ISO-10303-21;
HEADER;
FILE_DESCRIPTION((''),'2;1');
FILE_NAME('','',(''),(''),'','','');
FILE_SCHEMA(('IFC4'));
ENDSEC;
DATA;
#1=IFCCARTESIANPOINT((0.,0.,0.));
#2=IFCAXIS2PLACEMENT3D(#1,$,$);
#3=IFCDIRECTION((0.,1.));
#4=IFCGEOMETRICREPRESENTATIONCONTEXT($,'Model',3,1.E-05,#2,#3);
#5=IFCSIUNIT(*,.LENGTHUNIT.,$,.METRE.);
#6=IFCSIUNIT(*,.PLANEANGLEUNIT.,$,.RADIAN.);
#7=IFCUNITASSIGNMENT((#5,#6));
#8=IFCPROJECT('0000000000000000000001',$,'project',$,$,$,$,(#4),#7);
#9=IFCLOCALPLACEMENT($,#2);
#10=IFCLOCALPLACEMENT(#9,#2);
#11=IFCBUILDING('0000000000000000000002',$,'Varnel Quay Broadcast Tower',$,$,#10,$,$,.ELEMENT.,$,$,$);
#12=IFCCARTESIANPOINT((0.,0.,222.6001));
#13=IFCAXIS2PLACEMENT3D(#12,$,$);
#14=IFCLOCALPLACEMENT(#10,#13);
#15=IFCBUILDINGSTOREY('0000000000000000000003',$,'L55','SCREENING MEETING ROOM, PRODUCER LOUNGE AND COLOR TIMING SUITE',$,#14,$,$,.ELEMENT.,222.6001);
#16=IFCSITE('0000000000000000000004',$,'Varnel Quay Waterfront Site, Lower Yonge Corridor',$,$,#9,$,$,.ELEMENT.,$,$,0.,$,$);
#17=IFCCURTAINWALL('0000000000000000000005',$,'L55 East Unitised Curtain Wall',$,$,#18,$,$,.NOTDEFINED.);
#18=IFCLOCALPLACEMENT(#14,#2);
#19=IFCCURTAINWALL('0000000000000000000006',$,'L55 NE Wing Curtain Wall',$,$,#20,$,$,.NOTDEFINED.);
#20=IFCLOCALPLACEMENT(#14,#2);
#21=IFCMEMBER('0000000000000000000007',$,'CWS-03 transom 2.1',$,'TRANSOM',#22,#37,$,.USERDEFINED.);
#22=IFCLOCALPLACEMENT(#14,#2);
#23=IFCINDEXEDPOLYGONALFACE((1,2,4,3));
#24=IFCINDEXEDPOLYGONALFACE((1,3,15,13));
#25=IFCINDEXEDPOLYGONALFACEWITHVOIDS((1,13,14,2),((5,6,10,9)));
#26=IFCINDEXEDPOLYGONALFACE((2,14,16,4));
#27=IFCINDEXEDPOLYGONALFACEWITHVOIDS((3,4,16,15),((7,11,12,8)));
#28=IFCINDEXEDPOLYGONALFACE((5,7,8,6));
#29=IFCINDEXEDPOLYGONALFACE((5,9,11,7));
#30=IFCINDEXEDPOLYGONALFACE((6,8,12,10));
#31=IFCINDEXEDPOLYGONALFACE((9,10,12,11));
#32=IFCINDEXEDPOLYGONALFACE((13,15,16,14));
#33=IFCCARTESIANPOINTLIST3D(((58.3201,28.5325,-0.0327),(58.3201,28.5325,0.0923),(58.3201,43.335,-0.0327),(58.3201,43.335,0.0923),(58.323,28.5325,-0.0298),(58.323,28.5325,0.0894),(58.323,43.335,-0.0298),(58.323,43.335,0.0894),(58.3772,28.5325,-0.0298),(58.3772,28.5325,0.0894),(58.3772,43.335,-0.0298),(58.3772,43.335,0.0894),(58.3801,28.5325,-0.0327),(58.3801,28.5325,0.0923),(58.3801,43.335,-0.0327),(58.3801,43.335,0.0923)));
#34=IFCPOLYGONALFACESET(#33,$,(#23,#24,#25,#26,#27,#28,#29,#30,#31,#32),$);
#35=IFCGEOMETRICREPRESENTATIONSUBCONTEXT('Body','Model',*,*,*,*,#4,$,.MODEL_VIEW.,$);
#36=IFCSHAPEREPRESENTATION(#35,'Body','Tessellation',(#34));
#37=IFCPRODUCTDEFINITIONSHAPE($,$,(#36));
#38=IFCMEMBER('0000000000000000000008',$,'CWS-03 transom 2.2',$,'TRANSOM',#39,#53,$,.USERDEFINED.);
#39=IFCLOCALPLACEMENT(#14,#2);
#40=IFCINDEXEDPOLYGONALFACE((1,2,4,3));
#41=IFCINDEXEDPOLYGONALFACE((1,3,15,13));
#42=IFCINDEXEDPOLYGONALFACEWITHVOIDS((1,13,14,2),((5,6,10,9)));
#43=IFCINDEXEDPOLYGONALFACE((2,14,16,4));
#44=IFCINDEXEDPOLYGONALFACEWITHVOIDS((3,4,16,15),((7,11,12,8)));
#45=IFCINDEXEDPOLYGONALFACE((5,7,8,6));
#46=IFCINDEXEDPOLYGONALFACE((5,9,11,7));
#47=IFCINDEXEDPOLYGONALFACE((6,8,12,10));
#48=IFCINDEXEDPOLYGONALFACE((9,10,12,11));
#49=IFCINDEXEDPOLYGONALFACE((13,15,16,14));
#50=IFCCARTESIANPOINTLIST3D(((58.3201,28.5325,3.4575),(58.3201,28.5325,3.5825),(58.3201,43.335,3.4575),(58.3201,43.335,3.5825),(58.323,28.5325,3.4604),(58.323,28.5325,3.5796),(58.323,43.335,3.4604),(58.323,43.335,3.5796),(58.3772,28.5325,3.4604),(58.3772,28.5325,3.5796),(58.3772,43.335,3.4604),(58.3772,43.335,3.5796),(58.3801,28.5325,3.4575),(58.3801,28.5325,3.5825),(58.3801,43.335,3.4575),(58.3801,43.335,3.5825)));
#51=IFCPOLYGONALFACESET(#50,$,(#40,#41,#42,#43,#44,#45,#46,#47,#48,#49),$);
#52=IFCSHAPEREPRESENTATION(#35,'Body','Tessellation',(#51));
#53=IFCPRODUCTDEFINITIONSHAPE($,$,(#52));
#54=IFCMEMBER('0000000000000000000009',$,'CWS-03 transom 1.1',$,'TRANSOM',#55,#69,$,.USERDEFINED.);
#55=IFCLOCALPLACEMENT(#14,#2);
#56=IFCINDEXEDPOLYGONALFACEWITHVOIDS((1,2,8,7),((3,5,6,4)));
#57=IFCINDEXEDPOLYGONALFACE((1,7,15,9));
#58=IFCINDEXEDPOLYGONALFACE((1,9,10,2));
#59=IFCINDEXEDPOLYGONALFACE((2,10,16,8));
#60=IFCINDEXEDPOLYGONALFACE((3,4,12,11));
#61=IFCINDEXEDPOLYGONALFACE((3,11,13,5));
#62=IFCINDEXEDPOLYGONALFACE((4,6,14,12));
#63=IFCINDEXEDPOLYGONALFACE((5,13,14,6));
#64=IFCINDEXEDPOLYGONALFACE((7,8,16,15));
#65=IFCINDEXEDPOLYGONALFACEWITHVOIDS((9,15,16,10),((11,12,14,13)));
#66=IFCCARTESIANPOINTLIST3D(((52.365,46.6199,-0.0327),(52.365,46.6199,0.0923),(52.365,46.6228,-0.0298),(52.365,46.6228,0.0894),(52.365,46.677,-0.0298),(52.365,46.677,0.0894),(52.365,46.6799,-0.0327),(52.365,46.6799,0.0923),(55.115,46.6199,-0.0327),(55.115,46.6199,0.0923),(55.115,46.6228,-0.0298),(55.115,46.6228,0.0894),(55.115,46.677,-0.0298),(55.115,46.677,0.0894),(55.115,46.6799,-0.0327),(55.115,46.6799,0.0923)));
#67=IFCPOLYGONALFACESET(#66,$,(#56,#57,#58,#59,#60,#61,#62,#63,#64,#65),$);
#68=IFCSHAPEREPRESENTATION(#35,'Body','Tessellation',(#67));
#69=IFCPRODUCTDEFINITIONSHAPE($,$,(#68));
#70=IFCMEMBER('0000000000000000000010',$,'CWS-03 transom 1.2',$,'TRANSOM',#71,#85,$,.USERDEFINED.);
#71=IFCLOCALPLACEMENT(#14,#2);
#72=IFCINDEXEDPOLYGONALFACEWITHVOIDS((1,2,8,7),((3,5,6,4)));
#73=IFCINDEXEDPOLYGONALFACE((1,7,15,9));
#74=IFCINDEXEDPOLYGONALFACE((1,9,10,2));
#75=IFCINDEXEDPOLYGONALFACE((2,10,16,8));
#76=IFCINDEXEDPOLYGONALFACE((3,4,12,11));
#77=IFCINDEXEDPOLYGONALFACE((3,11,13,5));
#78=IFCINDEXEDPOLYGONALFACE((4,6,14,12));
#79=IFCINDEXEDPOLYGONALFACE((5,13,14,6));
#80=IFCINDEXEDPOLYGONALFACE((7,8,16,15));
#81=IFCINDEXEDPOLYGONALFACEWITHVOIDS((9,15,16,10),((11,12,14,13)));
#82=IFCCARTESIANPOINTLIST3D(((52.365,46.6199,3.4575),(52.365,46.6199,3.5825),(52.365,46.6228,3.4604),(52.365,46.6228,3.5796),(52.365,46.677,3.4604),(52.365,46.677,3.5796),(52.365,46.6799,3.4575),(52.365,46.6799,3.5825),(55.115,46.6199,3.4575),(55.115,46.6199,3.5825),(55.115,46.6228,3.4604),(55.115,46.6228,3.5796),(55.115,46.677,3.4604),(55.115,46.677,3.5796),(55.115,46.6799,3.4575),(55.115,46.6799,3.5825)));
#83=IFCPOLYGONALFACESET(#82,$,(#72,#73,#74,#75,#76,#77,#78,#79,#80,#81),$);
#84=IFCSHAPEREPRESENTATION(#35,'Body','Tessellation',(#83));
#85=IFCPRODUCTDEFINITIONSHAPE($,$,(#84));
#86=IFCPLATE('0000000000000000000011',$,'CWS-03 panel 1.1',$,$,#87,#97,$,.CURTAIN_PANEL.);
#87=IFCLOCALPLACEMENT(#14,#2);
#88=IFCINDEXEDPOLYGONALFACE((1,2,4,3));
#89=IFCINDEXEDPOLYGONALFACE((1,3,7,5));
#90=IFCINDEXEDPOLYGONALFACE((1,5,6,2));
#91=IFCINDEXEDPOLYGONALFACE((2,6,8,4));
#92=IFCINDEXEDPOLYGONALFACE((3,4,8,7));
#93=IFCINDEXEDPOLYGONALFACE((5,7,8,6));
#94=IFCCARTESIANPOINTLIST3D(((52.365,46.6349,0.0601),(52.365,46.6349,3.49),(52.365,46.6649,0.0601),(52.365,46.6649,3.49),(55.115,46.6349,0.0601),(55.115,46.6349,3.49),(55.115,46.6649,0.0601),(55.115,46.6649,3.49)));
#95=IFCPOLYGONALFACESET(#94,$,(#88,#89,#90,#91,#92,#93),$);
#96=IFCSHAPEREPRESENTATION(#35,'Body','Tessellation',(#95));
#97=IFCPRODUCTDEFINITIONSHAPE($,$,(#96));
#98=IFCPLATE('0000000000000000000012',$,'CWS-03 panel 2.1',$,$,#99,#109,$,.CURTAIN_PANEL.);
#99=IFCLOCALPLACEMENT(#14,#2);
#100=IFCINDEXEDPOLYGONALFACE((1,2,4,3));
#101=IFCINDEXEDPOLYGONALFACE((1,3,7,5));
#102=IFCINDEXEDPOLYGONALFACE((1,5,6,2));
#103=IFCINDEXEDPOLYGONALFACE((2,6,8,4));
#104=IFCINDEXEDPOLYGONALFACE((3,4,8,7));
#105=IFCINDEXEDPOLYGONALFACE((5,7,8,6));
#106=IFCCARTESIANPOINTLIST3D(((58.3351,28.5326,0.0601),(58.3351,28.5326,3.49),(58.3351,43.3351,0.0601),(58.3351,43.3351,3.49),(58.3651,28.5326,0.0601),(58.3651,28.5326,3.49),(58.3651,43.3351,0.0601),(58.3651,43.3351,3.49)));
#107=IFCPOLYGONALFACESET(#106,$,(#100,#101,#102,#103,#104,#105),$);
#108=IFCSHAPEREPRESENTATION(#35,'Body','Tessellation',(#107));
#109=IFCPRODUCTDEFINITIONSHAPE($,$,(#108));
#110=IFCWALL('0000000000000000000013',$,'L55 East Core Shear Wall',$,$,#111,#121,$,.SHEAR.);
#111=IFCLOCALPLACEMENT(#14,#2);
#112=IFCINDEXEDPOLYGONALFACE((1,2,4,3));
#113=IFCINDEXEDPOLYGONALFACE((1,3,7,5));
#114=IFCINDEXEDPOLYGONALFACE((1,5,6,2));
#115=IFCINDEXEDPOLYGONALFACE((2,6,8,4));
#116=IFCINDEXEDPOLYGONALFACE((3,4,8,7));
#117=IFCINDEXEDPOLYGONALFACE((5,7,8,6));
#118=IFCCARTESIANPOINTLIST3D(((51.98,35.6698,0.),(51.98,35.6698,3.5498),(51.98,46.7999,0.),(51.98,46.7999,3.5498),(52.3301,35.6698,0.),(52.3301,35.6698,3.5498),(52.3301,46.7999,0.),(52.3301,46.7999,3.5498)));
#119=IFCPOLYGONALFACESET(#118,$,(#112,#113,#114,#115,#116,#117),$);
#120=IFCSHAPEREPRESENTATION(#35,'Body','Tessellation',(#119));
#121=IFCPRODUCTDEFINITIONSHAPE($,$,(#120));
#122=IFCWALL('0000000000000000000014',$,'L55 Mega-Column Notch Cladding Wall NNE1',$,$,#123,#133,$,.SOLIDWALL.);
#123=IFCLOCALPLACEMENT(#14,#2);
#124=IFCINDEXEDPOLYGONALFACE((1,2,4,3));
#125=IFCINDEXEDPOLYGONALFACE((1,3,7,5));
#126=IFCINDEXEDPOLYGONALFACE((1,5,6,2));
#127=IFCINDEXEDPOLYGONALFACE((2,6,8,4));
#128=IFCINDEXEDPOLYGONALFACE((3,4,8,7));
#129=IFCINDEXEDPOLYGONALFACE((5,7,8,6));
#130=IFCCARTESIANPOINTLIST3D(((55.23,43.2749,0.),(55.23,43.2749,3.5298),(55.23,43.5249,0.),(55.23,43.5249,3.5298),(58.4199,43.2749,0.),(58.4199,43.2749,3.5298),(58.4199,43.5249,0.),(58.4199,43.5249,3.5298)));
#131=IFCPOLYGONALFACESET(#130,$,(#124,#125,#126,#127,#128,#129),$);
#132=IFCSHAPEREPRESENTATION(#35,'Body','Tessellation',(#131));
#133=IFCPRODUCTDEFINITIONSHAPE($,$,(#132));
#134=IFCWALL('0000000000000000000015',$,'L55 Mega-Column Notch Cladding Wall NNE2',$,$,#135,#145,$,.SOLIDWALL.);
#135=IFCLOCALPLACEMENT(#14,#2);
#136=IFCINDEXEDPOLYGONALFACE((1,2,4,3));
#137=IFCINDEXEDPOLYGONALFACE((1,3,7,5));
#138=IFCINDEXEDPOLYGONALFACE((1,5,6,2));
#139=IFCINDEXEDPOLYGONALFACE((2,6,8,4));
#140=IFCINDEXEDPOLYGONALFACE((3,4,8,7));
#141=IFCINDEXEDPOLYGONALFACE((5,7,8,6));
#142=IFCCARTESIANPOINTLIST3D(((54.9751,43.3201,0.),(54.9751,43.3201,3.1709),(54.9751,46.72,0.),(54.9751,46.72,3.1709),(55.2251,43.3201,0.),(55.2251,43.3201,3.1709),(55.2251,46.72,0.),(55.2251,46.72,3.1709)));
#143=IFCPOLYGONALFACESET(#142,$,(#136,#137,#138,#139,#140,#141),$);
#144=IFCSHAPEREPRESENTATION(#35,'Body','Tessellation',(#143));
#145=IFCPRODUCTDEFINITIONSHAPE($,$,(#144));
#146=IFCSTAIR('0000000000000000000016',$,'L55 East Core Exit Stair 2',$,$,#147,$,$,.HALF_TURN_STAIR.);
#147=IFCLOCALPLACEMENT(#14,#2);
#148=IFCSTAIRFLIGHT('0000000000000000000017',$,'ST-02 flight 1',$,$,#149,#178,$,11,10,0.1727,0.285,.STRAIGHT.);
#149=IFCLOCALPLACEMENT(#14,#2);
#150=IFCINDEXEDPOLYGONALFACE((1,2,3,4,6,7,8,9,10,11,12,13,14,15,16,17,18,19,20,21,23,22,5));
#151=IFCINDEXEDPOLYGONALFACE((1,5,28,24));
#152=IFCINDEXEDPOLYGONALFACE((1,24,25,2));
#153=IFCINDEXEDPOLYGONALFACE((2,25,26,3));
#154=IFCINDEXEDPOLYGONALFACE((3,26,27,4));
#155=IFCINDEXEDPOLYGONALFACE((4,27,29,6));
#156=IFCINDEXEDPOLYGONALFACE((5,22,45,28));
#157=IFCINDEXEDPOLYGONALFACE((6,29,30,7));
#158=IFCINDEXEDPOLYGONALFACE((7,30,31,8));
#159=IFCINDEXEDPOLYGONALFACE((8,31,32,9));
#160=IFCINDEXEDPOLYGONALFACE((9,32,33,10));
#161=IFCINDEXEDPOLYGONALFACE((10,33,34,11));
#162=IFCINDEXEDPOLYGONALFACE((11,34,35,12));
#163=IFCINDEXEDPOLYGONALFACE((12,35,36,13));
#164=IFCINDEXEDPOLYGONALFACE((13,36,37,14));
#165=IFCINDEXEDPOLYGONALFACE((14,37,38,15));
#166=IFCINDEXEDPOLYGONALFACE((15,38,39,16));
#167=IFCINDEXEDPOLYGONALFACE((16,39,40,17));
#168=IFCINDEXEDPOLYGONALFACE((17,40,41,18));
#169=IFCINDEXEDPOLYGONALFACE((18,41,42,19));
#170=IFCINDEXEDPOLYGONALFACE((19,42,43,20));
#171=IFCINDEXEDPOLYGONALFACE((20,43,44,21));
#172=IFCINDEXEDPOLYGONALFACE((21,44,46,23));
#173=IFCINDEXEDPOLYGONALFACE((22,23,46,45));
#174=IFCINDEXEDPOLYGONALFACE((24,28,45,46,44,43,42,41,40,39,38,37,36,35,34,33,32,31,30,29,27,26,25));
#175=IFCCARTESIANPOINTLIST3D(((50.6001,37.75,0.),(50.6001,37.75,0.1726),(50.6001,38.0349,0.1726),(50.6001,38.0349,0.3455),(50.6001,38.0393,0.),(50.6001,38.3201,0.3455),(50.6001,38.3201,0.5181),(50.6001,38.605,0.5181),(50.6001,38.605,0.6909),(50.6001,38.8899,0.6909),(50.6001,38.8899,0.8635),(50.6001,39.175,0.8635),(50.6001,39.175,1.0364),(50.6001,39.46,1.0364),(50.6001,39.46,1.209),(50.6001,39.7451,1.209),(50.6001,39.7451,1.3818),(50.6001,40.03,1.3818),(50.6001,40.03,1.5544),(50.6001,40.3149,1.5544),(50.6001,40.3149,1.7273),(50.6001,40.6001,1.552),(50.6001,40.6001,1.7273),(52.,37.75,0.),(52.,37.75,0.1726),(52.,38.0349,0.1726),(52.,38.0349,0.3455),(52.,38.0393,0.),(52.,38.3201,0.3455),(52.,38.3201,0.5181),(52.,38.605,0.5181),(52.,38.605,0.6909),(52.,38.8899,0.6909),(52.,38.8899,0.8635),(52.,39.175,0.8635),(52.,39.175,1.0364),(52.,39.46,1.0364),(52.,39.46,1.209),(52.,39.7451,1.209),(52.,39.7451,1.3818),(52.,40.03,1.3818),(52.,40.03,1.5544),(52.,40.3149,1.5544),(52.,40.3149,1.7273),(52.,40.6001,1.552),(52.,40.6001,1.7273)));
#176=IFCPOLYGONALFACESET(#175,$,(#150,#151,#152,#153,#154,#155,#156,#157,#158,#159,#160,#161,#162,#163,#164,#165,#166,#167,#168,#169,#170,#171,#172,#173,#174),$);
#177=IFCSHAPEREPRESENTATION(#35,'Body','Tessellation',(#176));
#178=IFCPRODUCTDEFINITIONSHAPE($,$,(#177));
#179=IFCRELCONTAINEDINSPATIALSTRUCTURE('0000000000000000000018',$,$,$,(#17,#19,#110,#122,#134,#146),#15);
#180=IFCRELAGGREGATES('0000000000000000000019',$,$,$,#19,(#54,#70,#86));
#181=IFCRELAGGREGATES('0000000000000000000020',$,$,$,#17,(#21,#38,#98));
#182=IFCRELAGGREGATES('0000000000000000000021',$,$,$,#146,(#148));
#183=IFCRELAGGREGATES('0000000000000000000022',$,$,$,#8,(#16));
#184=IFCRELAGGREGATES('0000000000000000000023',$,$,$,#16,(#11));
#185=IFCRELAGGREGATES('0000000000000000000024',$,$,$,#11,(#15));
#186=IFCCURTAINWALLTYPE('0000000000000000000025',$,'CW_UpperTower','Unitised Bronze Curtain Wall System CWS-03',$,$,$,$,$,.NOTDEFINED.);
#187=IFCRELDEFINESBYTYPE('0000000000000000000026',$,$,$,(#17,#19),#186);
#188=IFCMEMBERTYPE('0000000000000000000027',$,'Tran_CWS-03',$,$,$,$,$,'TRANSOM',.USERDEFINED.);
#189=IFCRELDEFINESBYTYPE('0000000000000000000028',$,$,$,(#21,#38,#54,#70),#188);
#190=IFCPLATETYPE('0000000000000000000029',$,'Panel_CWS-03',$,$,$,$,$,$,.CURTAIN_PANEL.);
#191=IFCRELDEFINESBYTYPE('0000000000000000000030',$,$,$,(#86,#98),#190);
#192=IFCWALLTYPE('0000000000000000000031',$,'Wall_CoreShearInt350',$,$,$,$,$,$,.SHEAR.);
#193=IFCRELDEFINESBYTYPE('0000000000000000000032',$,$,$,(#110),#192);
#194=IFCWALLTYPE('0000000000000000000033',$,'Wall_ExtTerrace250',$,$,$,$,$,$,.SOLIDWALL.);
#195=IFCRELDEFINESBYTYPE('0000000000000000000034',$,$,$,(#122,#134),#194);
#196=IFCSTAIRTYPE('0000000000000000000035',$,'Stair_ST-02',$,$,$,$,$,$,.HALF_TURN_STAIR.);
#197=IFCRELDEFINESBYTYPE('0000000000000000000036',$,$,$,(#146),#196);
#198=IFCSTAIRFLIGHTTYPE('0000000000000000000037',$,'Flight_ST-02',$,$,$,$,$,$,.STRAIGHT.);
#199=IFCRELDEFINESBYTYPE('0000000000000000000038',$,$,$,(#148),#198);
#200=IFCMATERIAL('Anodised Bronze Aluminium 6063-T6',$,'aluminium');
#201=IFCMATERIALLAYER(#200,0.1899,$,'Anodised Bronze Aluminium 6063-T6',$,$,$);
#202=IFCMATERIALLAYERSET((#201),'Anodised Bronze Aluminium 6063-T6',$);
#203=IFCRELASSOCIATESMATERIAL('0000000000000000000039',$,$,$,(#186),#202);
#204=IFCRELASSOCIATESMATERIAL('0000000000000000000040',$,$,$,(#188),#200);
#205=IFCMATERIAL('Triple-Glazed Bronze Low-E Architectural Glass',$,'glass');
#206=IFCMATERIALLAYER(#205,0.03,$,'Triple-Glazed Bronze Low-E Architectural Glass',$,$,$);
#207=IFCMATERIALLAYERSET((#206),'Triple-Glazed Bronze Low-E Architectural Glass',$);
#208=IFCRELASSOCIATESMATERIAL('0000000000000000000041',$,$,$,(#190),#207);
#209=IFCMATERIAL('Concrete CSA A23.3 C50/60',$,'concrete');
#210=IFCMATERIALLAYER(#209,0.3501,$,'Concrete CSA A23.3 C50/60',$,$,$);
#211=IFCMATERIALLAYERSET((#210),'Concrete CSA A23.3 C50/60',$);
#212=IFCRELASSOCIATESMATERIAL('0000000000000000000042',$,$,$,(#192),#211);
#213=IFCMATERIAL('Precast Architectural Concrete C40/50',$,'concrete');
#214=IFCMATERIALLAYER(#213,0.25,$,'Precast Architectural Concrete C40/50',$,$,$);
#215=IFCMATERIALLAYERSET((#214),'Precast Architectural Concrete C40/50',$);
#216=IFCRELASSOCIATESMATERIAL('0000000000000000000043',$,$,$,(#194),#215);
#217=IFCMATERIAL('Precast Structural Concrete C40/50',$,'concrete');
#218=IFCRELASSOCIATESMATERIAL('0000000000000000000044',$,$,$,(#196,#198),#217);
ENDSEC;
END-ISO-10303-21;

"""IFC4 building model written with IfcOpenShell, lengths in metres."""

from ifc_helpers import new_model, si_unit, direction, frame, frame_2d, origin, origin_2d, place, context, subcontext, project, spatial, polyline, rectangle, hollow_rectangle, outline, extrude, source, transform, mapped, material, layer, layer_set, material_profile, profile_set, type_object, type_shapes, element, aggregate, save


model = new_model("IFC4")

# Units and contexts
model_context = context("Model", 3, precision=1e-05, world=origin(), true_north=direction((0.0, 1.0)))
body_context = subcontext(model_context, "Body", "Model", "MODEL_VIEW")
ifc_project = project(units=[si_unit("LENGTHUNIT", "METRE"), si_unit("PLANEANGLEUNIT", "RADIAN")], contexts=[model_context])

# Site, building, storey
site_placement = place(None, origin())
site = spatial("IfcSite", under=ifc_project, at=site_placement, Name="Varnel Quay Waterfront Site, Lower Yonge Corridor", CompositionType="ELEMENT", RefElevation=0.0)
building_placement = place(site_placement, origin())
building = spatial("IfcBuilding", under=site, at=building_placement, Name="Varnel Quay Broadcast Tower", CompositionType="ELEMENT")
storey_placement = place(building_placement, frame((0.0, 0.0, 222.6001)))
storey = spatial("IfcBuildingStorey", under=building, at=storey_placement, Name="L55", Description="SCREENING MEETING ROOM, PRODUCER LOUNGE AND COLOR TIMING SUITE", CompositionType="ELEMENT", Elevation=222.6001)

# Curtain walls
ifc_material_1 = material(Name="Anodised Bronze Aluminium 6063-T6", Category="aluminium")
ifc_layer_1 = layer(ifc_material_1, 0.1899, Name="Anodised Bronze Aluminium 6063-T6")
ifc_layer_set_1 = layer_set([ifc_layer_1], Name="Anodised Bronze Aluminium 6063-T6")
curtain_wall_type = type_object("IfcCurtainWallType", Name="CW_UpperTower", Description="Unitised Bronze Curtain Wall System CWS-03", PredefinedType="NOTDEFINED", material=ifc_layer_set_1)
curtain_wall_1_placement = place(storey_placement, origin())
curtain_wall_1 = element("IfcCurtainWall", 1, at=curtain_wall_1_placement, inside=storey, type_object=curtain_wall_type, Name="L55 East Unitised Curtain Wall", PredefinedType="NOTDEFINED")
curtain_wall_2_placement = place(storey_placement, origin())
curtain_wall_2 = element("IfcCurtainWall", 2, at=curtain_wall_2_placement, inside=storey, type_object=curtain_wall_type, Name="L55 NE Wing Curtain Wall", PredefinedType="NOTDEFINED")

# Members
ifc_material_profile_1 = material_profile(ifc_material_1, hollow_rectangle(XDim=0.0601, YDim=0.125, WallThickness=0.0029, at=origin_2d()), Name="ALU60X125X3")
ifc_profile_set_1 = profile_set([ifc_material_profile_1], Name="Anodised Bronze Aluminium 6063-T6")
member_type_1 = type_object("IfcMemberType", Name="Tran_CWS-03", ElementType="TRANSOM", PredefinedType="USERDEFINED", material=ifc_profile_set_1)
shared_shape_1 = source(origin(), body_context, "Body", "SweptSolid", [
    extrude(hollow_rectangle(XDim=0.0601, YDim=0.125, WallThickness=0.0029, at=origin_2d()), origin(), (0.0, 0.0, 1.0), 14.8025),
])
member_1_placement = place(storey_placement, frame((58.3501, 28.5325, 0.0298), z_axis=(0.0, 1.0, 0.0), x_axis=(-1.0, 0.0, 0.0)))
member_1 = element("IfcMember", 3, at=member_1_placement, type_object=member_type_1, Name="CWS-03 transom 2.1", ObjectType="TRANSOM", PredefinedType="USERDEFINED", context=body_context, shape_type="MappedRepresentation", body=[
    mapped(shared_shape_1, transform((0.0, 0.0, 0.0), x_axis=(1.0, 0.0, 0.0), y_axis=(0.0, 1.0, 0.0), z_axis=(0.0, 0.0, 1.0), scale=1.0)),
])
member_2_placement = place(storey_placement, frame((58.3501, 28.5325, 3.52), z_axis=(0.0, 1.0, 0.0), x_axis=(-1.0, 0.0, 0.0)))
member_2 = element("IfcMember", 4, at=member_2_placement, type_object=member_type_1, Name="CWS-03 transom 2.2", ObjectType="TRANSOM", PredefinedType="USERDEFINED", context=body_context, shape_type="MappedRepresentation", body=[
    mapped(shared_shape_1, transform((0.0, 0.0, 0.0), x_axis=(1.0, 0.0, 0.0), y_axis=(0.0, 1.0, 0.0), z_axis=(0.0, 0.0, 1.0), scale=1.0)),
])
shared_shape_2 = source(origin(), body_context, "Body", "SweptSolid", [
    extrude(hollow_rectangle(XDim=0.0601, YDim=0.125, WallThickness=0.0029, at=origin_2d()), origin(), (0.0, 0.0, 1.0), 2.75),
])
type_shapes(member_type_1, [shared_shape_1, shared_shape_2])
member_3_placement = place(storey_placement, frame((52.365, 46.6499, 0.0298), z_axis=(1.0, 0.0, 0.0), x_axis=(0.0, 1.0, 0.0)))
member_3 = element("IfcMember", 5, at=member_3_placement, type_object=member_type_1, Name="CWS-03 transom 1.1", ObjectType="TRANSOM", PredefinedType="USERDEFINED", context=body_context, shape_type="MappedRepresentation", body=[
    mapped(shared_shape_2, transform((0.0, 0.0, 0.0), x_axis=(1.0, 0.0, 0.0), y_axis=(0.0, 1.0, 0.0), z_axis=(0.0, 0.0, 1.0), scale=1.0)),
])
member_4_placement = place(storey_placement, frame((52.365, 46.6499, 3.52), z_axis=(1.0, 0.0, 0.0), x_axis=(0.0, 1.0, 0.0)))
member_4 = element("IfcMember", 6, at=member_4_placement, type_object=member_type_1, Name="CWS-03 transom 1.2", ObjectType="TRANSOM", PredefinedType="USERDEFINED", context=body_context, shape_type="MappedRepresentation", body=[
    mapped(shared_shape_2, transform((0.0, 0.0, 0.0), x_axis=(1.0, 0.0, 0.0), y_axis=(0.0, 1.0, 0.0), z_axis=(0.0, 0.0, 1.0), scale=1.0)),
])

# Plates
ifc_material_2 = material(Name="Triple-Glazed Bronze Low-E Architectural Glass", Category="glass")
ifc_layer_2 = layer(ifc_material_2, 0.03, Name="Triple-Glazed Bronze Low-E Architectural Glass")
ifc_layer_set_2 = layer_set([ifc_layer_2], Name="Triple-Glazed Bronze Low-E Architectural Glass")
plate_type = type_object("IfcPlateType", Name="Panel_CWS-03", PredefinedType="CURTAIN_PANEL", material=ifc_layer_set_2)
shared_shape_3 = source(origin(), body_context, "Body", "SweptSolid", [
    extrude(rectangle(XDim=2.75, YDim=0.03, at=origin_2d()), origin(), (0.0, 0.0, 1.0), 3.4299),
])
plate_1_placement = place(storey_placement, frame((53.74, 46.6499, 0.0601), z_axis=(0.0, 0.0, 1.0), x_axis=(1.0, 0.0, 0.0)))
plate_1 = element("IfcPlate", 7, at=plate_1_placement, type_object=plate_type, Name="CWS-03 panel 1.1", PredefinedType="CURTAIN_PANEL", context=body_context, shape_type="MappedRepresentation", body=[
    mapped(shared_shape_3, transform((0.0, 0.0, 0.0), x_axis=(1.0, 0.0, 0.0), y_axis=(0.0, 1.0, 0.0), z_axis=(0.0, 0.0, 1.0), scale=1.0)),
])
aggregate(curtain_wall_2, [member_3, member_4, plate_1])
shared_shape_4 = source(origin(), body_context, "Body", "SweptSolid", [
    extrude(rectangle(XDim=14.8025, YDim=0.03, at=origin_2d()), origin(), (0.0, 0.0, 1.0), 3.4299),
])
type_shapes(plate_type, [shared_shape_3, shared_shape_4])
plate_2_placement = place(storey_placement, frame((58.3501, 35.9338, 0.0601), z_axis=(0.0, 0.0, 1.0), x_axis=(0.0, 1.0, 0.0)))
plate_2 = element("IfcPlate", 8, at=plate_2_placement, type_object=plate_type, Name="CWS-03 panel 2.1", PredefinedType="CURTAIN_PANEL", context=body_context, shape_type="MappedRepresentation", body=[
    mapped(shared_shape_4, transform((0.0, 0.0, 0.0), x_axis=(1.0, 0.0, 0.0), y_axis=(0.0, 1.0, 0.0), z_axis=(0.0, 0.0, 1.0), scale=1.0)),
])
aggregate(curtain_wall_1, [member_1, member_2, plate_2])

# Walls
ifc_material_3 = material(Name="Concrete CSA A23.3 C50/60", Category="concrete")
ifc_layer_3 = layer(ifc_material_3, 0.3501, Name="Concrete CSA A23.3 C50/60")
ifc_layer_set_3 = layer_set([ifc_layer_3], Name="Concrete CSA A23.3 C50/60")
wall_type_1 = type_object("IfcWallType", Name="Wall_CoreShearInt350", PredefinedType="SHEAR", material=ifc_layer_set_3)
wall_1_placement = place(storey_placement, frame((52.155, 35.6699, 0.0), z_axis=(0.0, 0.0, 1.0), x_axis=(0.0, 1.0, 0.0)))
element("IfcWall", 9, at=wall_1_placement, inside=storey, type_object=wall_type_1, Name="L55 East Core Shear Wall", PredefinedType="SHEAR", context=body_context, shape_type="SweptSolid", body=[
    extrude(rectangle(XDim=11.1301, YDim=0.3501, at=frame_2d((5.5649, 0.0))), origin(), (0.0, 0.0, 1.0), 3.5498),
])
ifc_material_4 = material(Name="Precast Architectural Concrete C40/50", Category="concrete")
ifc_layer_4 = layer(ifc_material_4, 0.25, Name="Precast Architectural Concrete C40/50")
ifc_layer_set_4 = layer_set([ifc_layer_4], Name="Precast Architectural Concrete C40/50")
wall_type_2 = type_object("IfcWallType", Name="Wall_ExtTerrace250", PredefinedType="SOLIDWALL", material=ifc_layer_set_4)
wall_2_placement = place(storey_placement, frame((55.23, 43.3999, 0.0), z_axis=(0.0, 0.0, 1.0), x_axis=(1.0, 0.0, 0.0)))
element("IfcWall", 10, at=wall_2_placement, inside=storey, type_object=wall_type_2, Name="L55 Mega-Column Notch Cladding Wall NNE1", PredefinedType="SOLIDWALL", context=body_context, shape_type="SweptSolid", body=[
    extrude(rectangle(XDim=3.1899, YDim=0.25, at=frame_2d((1.595, 0.0))), origin(), (0.0, 0.0, 1.0), 3.5298),
])
wall_3_placement = place(storey_placement, frame((55.1001, 43.3201, 0.0), z_axis=(0.0, 0.0, 1.0), x_axis=(0.0, 1.0, 0.0)))
element("IfcWall", 11, at=wall_3_placement, inside=storey, type_object=wall_type_2, Name="L55 Mega-Column Notch Cladding Wall NNE2", PredefinedType="SOLIDWALL", context=body_context, shape_type="SweptSolid", body=[
    extrude(rectangle(XDim=3.3999, YDim=0.25, at=frame_2d((1.7, 0.0))), origin(), (0.0, 0.0, 1.0), 3.1709),
])

# Stair, stair flight
ifc_material_5 = material(Name="Precast Structural Concrete C40/50", Category="concrete")
stair_type = type_object("IfcStairType", Name="Stair_ST-02", PredefinedType="HALF_TURN_STAIR", material=ifc_material_5)
stair_placement = place(storey_placement, origin())
stair = element("IfcStair", 12, at=stair_placement, inside=storey, type_object=stair_type, Name="L55 East Core Exit Stair 2", PredefinedType="HALF_TURN_STAIR")
stair_flight_type = type_object("IfcStairFlightType", Name="Flight_ST-02", PredefinedType="STRAIGHT", material=ifc_material_5)
stair_flight_1_placement = place(storey_placement, frame((51.3, 37.75, 0.0), z_axis=(0.0, 0.0, 1.0), x_axis=(0.0, 1.0, 0.0)))
stair_flight_1 = element("IfcStairFlight", 13, at=stair_flight_1_placement, type_object=stair_flight_type, Name="ST-02 flight 1", NumberOfRisers=11, NumberOfTreads=10, PredefinedType="STRAIGHT", RiserHeight=0.1727, TreadLength=0.285, context=body_context, shape_type="SweptSolid", body=[
    extrude(outline(polyline([(0.0, 0.0), (0.0, 0.1726), (0.2849, 0.1726), (0.2849, 0.3455), (0.5701, 0.3455), (0.5701, 0.5181), (0.855, 0.5181), (0.855, 0.6909), (1.1399, 0.6909), (1.1399, 0.8635), (1.425, 0.8635), (1.425, 1.0364), (1.71, 1.0364), (1.71, 1.209), (1.9951, 1.209), (1.9951, 1.3818), (2.28, 1.3818), (2.28, 1.5544), (2.5649, 1.5544), (2.5649, 1.7273), (2.8501, 1.7273), (2.8501, 1.8999), (2.8501, 1.552), (0.2893, 0.0), (0.0, 0.0)])), frame((0.0, 0.7, 0.0), z_axis=(0.0, -1.0, 0.0), x_axis=(1.0, 0.0, 0.0)), (0.0, 0.0, 1.0), 1.3999),
])
aggregate(stair, [stair_flight_1])

save(model, "model.ifc")
